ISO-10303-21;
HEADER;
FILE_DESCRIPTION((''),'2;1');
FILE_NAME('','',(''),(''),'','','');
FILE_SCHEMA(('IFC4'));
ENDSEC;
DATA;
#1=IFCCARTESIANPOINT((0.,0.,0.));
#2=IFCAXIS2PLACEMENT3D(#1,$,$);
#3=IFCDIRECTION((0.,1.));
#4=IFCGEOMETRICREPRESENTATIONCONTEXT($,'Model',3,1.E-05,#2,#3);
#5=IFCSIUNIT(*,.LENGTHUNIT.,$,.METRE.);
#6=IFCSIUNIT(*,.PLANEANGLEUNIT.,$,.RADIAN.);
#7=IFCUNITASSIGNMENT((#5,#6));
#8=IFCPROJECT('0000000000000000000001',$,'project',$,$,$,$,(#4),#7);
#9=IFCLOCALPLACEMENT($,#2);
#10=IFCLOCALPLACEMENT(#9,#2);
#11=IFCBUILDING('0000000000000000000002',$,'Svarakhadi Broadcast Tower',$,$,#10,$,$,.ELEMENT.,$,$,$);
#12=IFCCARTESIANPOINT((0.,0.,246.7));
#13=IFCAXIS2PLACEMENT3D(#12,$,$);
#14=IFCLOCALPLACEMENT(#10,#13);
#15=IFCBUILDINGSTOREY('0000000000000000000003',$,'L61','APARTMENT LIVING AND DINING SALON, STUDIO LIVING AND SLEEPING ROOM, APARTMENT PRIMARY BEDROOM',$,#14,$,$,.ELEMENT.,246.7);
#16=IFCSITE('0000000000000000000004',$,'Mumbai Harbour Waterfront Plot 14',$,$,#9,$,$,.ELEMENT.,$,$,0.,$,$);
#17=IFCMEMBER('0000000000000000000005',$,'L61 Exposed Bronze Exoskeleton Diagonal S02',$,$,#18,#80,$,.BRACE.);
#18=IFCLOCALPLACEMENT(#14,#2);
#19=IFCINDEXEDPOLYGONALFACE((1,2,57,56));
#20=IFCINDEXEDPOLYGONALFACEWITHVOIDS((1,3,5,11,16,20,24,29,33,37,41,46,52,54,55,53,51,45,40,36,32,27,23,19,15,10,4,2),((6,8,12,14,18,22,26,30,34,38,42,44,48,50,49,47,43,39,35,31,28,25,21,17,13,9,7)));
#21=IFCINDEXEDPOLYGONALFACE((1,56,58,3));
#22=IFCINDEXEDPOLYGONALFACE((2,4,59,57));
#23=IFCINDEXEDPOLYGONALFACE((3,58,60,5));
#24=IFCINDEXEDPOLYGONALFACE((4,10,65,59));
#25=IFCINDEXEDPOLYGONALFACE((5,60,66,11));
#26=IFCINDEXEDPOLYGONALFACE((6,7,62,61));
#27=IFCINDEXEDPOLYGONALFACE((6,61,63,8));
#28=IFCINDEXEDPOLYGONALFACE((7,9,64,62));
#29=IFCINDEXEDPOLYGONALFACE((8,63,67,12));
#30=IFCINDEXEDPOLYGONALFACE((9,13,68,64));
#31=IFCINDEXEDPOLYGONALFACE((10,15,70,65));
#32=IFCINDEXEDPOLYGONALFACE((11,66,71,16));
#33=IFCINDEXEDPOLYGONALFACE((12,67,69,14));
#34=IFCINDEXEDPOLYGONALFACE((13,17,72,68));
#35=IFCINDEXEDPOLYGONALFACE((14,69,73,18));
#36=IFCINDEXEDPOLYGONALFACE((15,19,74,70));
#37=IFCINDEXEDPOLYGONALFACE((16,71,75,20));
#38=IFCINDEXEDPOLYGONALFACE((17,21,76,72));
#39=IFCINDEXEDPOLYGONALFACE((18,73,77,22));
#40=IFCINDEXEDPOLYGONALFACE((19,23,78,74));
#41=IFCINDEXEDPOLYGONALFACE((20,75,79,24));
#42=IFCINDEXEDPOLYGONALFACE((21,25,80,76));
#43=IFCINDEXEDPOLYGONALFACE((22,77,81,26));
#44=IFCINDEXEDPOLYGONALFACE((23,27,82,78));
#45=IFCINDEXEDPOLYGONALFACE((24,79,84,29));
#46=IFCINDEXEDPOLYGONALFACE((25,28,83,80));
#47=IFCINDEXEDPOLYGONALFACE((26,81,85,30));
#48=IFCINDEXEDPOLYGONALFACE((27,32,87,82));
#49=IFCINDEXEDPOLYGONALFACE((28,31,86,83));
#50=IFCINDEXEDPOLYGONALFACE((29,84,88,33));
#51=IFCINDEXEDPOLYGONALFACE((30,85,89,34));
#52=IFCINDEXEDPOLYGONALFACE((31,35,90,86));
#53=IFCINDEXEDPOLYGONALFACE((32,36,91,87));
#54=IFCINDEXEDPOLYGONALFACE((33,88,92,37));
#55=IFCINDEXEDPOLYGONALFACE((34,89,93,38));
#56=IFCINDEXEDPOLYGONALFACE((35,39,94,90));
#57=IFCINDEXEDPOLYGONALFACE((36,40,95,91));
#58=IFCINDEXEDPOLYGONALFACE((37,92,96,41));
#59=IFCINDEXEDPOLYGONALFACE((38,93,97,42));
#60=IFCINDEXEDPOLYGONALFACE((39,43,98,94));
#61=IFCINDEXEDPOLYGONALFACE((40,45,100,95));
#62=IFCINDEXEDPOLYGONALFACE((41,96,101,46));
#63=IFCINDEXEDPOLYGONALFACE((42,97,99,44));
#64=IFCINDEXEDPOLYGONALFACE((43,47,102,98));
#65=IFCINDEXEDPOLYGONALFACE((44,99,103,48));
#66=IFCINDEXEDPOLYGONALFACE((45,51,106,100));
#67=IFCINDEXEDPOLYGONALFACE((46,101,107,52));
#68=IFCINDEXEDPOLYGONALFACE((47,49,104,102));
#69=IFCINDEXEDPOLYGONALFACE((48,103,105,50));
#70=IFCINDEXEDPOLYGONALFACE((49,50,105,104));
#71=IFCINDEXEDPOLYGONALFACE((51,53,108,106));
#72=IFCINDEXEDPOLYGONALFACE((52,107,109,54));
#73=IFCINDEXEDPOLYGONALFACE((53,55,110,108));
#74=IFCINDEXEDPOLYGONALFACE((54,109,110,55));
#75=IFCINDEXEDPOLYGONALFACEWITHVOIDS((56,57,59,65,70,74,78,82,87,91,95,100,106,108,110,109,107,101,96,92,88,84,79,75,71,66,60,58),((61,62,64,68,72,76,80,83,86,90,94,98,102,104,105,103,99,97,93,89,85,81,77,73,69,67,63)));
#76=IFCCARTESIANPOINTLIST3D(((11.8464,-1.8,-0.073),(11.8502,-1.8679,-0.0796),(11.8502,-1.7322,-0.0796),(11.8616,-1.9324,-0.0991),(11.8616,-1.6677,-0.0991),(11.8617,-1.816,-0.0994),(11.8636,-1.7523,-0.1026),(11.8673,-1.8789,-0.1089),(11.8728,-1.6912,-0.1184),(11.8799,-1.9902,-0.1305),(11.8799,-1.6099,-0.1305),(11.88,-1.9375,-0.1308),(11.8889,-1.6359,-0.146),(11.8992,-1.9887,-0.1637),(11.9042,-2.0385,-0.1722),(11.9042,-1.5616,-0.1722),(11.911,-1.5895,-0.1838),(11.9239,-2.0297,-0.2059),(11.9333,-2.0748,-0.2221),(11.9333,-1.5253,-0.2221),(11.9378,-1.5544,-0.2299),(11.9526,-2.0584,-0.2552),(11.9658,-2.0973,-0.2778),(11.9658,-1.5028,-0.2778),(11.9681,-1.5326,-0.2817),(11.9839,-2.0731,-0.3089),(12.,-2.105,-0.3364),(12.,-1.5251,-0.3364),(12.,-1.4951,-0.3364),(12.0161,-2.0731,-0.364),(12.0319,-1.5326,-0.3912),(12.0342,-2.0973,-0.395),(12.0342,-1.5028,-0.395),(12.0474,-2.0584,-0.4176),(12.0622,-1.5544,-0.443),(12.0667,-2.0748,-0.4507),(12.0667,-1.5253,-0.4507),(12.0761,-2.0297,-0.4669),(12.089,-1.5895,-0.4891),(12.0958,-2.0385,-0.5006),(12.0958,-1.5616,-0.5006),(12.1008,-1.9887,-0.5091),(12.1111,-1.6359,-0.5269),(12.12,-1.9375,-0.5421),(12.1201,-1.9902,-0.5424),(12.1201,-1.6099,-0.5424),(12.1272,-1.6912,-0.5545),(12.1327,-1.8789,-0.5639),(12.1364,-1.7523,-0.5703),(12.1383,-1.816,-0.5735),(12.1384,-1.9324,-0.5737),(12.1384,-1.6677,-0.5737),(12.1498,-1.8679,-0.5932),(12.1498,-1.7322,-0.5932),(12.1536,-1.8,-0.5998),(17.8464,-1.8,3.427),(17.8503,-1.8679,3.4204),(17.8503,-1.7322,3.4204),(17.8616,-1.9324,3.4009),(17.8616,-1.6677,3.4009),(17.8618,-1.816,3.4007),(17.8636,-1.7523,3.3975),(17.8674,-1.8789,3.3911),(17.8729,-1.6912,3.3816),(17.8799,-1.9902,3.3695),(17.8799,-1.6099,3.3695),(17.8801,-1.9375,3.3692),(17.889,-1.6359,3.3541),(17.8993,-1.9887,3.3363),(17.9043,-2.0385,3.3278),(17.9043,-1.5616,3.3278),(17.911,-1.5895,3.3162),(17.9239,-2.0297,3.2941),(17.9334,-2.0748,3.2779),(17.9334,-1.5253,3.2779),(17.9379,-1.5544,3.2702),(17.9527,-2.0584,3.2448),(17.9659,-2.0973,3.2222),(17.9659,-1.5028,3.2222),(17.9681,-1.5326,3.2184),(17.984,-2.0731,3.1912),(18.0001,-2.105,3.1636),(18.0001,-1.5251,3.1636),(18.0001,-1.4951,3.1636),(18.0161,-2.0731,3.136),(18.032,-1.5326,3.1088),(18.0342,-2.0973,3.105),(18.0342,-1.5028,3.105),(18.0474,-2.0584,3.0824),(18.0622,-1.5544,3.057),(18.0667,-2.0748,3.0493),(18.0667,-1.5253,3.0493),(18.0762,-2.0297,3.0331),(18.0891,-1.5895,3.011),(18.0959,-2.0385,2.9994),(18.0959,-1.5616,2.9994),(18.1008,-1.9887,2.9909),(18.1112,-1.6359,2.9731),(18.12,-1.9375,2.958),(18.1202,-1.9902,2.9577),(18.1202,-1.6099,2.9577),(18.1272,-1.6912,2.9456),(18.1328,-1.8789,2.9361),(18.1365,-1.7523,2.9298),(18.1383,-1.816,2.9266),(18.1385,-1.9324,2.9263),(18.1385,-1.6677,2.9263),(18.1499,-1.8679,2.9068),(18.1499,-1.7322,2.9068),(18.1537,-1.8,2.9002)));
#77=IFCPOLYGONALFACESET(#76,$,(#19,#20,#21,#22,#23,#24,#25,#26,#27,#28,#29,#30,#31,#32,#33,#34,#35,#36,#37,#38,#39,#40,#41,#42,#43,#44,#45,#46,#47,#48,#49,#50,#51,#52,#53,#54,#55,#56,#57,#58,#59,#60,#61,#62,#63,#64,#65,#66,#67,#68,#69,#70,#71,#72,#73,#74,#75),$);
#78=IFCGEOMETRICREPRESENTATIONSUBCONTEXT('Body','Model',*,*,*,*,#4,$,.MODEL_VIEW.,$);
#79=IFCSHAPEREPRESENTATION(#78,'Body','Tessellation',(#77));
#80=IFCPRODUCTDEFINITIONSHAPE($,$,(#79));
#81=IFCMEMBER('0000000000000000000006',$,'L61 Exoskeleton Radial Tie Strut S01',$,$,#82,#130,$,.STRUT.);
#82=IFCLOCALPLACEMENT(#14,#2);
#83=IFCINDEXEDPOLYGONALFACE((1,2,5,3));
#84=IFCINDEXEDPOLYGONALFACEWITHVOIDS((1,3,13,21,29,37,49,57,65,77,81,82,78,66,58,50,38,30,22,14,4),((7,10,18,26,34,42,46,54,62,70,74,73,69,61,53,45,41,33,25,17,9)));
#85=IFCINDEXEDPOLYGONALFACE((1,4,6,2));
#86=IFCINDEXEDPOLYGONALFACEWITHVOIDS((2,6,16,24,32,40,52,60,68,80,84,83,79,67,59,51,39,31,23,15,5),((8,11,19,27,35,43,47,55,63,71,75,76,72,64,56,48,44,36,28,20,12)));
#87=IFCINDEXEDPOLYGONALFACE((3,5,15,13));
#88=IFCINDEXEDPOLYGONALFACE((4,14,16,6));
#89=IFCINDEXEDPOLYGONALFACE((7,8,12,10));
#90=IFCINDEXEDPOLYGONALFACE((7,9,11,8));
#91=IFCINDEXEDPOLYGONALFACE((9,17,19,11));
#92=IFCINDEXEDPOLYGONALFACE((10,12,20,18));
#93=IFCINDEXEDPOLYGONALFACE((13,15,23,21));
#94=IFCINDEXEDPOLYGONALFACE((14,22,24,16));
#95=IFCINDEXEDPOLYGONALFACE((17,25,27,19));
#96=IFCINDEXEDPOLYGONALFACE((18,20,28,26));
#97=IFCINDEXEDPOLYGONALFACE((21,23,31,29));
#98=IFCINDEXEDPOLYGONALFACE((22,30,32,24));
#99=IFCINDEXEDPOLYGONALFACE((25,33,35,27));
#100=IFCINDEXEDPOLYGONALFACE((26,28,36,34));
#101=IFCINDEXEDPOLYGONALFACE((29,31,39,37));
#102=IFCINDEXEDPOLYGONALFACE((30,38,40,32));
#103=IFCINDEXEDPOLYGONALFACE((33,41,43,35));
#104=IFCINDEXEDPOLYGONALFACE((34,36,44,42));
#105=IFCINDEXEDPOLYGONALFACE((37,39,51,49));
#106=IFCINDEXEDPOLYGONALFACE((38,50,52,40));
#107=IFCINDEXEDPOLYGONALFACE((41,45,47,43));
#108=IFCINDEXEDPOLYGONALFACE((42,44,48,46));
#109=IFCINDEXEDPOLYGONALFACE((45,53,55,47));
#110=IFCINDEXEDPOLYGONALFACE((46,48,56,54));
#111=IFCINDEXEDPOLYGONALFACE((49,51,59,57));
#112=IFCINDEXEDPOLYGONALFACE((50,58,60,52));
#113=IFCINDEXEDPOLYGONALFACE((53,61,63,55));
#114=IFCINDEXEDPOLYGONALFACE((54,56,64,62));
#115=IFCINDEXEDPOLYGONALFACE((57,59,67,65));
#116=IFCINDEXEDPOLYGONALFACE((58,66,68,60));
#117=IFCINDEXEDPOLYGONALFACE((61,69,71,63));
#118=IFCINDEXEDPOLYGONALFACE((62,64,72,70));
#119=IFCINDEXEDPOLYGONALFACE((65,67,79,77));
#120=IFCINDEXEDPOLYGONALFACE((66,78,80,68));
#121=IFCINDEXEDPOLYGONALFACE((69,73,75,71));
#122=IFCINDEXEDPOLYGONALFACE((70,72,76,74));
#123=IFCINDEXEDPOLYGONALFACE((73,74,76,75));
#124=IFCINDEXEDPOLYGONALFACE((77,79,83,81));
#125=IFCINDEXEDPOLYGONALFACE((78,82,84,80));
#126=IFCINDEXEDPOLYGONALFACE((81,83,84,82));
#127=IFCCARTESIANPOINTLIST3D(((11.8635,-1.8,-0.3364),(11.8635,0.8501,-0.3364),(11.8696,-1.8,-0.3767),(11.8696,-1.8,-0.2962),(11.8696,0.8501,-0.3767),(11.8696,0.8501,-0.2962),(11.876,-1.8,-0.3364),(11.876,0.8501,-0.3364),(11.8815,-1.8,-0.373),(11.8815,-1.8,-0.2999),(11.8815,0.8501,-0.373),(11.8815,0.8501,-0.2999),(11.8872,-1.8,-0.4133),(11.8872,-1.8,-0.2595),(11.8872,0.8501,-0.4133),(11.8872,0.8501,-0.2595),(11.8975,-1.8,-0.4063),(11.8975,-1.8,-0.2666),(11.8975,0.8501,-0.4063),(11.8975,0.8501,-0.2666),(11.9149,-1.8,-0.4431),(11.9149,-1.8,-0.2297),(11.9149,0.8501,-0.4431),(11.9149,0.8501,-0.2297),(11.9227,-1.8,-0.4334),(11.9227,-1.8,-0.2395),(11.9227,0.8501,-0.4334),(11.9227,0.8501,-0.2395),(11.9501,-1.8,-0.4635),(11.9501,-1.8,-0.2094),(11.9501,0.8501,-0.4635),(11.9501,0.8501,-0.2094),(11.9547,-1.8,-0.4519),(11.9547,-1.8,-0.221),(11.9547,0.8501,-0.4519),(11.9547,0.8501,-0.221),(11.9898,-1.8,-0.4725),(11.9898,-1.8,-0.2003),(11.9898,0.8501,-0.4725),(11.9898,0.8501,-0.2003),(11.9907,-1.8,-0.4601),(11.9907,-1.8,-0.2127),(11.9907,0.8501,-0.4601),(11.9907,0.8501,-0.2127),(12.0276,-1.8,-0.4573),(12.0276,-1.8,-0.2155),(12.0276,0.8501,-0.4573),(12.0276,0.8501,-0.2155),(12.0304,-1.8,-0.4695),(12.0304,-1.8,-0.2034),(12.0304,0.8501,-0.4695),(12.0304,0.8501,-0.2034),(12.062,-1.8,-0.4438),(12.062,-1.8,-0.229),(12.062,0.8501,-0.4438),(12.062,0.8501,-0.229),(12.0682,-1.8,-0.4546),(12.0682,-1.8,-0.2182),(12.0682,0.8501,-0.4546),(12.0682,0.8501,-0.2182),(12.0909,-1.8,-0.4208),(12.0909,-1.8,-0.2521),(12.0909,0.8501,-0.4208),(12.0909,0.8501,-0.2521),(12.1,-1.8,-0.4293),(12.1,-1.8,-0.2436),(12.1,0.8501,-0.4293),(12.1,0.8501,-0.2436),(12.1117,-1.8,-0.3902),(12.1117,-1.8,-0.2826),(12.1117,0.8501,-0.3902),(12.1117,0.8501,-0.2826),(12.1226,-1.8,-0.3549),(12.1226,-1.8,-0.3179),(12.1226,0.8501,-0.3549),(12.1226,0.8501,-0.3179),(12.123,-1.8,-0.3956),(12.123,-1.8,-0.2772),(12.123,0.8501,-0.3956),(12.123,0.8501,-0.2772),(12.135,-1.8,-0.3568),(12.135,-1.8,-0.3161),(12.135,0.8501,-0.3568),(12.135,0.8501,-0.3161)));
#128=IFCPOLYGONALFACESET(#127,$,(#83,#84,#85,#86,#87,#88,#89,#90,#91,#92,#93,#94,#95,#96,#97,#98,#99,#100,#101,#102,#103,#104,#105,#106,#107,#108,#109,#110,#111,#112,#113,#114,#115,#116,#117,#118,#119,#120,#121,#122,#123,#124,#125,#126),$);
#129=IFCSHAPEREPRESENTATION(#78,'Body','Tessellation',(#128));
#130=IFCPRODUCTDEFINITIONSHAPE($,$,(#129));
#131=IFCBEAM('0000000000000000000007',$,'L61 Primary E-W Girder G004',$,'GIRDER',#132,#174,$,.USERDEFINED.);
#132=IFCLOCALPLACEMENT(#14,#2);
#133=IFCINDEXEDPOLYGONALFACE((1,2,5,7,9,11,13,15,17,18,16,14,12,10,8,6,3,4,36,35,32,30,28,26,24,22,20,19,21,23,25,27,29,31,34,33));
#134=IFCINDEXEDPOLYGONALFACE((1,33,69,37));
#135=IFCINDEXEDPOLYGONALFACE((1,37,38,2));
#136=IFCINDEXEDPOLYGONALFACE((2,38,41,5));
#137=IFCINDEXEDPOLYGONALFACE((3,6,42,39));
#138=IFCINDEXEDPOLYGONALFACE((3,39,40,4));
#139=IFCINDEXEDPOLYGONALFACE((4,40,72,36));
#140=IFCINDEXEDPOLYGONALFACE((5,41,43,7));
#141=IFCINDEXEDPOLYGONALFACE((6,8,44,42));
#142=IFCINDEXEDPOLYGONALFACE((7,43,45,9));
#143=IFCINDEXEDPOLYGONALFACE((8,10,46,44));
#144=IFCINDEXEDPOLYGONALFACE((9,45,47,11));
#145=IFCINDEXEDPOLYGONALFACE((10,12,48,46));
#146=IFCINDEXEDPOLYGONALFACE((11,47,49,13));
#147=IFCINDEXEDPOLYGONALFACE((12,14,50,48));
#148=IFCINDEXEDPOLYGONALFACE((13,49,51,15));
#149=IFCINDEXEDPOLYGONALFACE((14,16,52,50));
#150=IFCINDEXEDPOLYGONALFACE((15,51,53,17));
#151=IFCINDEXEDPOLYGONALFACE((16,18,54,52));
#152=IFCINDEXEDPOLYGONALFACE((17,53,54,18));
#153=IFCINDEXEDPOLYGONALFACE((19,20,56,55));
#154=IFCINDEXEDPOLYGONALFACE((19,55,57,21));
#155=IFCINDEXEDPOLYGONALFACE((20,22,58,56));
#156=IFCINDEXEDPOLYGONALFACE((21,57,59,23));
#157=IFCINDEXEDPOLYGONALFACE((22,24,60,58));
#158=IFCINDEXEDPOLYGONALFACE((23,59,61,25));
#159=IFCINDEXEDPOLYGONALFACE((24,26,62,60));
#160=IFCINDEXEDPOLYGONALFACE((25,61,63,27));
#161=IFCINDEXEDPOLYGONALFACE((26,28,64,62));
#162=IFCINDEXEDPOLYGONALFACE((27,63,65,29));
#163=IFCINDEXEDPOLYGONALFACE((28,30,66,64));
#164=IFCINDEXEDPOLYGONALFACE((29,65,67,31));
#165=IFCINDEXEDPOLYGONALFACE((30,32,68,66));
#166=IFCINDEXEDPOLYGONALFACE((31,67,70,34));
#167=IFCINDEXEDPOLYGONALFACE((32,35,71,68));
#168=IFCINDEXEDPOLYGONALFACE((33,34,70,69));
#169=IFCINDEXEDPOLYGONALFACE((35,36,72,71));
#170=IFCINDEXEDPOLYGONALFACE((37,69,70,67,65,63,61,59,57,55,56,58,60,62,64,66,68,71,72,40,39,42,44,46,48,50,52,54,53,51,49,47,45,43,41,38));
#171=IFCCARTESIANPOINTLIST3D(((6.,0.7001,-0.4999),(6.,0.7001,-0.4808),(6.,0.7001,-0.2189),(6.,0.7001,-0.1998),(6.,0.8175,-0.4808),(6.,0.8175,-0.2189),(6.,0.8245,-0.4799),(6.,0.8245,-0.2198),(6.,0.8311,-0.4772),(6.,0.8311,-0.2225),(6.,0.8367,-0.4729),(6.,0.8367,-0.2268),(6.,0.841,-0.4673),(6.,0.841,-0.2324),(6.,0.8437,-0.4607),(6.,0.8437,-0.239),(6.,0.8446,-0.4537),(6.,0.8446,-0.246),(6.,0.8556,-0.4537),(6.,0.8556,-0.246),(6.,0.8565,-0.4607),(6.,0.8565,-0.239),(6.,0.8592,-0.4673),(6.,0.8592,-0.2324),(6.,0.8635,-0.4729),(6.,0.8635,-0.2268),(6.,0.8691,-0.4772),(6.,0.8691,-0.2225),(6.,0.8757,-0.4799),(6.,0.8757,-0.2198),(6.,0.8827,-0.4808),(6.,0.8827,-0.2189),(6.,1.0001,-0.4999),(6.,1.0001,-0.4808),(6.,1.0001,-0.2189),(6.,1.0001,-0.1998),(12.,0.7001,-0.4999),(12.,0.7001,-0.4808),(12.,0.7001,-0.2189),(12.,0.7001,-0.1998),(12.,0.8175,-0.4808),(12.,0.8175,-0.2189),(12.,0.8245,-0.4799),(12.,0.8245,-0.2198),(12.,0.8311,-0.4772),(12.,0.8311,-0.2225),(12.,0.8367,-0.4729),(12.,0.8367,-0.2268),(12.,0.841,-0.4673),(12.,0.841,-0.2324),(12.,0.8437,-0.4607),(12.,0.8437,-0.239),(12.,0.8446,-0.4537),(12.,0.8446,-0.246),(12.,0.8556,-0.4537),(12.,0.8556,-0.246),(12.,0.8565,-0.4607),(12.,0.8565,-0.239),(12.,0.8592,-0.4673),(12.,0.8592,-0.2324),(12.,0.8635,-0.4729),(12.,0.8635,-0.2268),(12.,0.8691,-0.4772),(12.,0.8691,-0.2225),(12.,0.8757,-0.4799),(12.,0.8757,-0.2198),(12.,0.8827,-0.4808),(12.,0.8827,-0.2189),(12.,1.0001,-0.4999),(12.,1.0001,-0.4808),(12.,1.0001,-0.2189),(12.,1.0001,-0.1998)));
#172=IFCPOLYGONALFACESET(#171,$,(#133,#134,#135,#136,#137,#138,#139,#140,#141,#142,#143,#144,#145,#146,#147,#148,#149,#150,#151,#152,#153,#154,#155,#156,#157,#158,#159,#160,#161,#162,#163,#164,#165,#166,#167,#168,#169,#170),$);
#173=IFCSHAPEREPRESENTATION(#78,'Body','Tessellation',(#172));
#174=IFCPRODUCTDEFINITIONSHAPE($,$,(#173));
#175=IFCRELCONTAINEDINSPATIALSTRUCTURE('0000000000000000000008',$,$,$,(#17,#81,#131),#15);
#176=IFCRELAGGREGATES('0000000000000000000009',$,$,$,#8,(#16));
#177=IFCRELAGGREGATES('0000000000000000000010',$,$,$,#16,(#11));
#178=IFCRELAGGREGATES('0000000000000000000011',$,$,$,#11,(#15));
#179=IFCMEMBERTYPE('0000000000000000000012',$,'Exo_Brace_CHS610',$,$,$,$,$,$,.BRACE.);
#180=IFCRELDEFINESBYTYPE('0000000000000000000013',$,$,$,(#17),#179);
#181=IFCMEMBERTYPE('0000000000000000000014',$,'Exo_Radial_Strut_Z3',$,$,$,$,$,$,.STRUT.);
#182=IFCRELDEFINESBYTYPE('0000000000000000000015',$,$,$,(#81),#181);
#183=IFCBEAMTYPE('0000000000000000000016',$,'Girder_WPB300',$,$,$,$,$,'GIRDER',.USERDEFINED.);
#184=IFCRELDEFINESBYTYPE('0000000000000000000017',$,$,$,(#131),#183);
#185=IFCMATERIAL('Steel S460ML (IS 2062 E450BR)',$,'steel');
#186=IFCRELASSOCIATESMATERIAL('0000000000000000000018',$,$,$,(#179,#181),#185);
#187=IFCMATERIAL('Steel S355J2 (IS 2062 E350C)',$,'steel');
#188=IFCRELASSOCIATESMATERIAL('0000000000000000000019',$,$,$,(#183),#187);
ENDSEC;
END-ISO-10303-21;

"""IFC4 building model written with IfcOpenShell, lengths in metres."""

from ifc_helpers import new_model, si_unit, direction, frame, origin, origin_2d, place, context, subcontext, project, spatial, hollow_circle, i_section, extrude, material, material_profile, profile_set, type_object, element, save


model = new_model("IFC4")

# Units and contexts
model_context = context("Model", 3, precision=1e-05, world=origin(), true_north=direction((0.0, 1.0)))
body_context = subcontext(model_context, "Body", "Model", "MODEL_VIEW")
ifc_project = project(units=[si_unit("LENGTHUNIT", "METRE"), si_unit("PLANEANGLEUNIT", "RADIAN")], contexts=[model_context])

# Site, building, storey
site_placement = place(None, origin())
site = spatial("IfcSite", under=ifc_project, at=site_placement, Name="Mumbai Harbour Waterfront Plot 14", CompositionType="ELEMENT", RefElevation=0.0)
building_placement = place(site_placement, origin())
building = spatial("IfcBuilding", under=site, at=building_placement, Name="Svarakhadi Broadcast Tower", CompositionType="ELEMENT")
storey_placement = place(building_placement, frame((0.0, 0.0, 246.7)))
storey = spatial("IfcBuildingStorey", under=building, at=storey_placement, Name="L61", Description="APARTMENT LIVING AND DINING SALON, STUDIO LIVING AND SLEEPING ROOM, APARTMENT PRIMARY BEDROOM", CompositionType="ELEMENT", Elevation=246.7)

# Shared definitions
ifc_material_1 = material(Name="Steel S460ML (IS 2062 E450BR)", Category="steel")

# Members
ifc_material_profile_1 = material_profile(ifc_material_1, hollow_circle(Radius=0.3049, WallThickness=0.03, at=origin_2d()), Name="CHS 610x30")
ifc_profile_set_1 = profile_set([ifc_material_profile_1], Name="Steel S460ML (IS 2062 E450BR)")
member_type_1 = type_object("IfcMemberType", Name="Exo_Brace_CHS610", PredefinedType="BRACE", material=ifc_profile_set_1)
for number, where, z_axis, x_axis, name in (
    (1, (12.0, -1.8, -0.3364), (0.863779, 0.0, 0.503871), (0.0, 1.0, 0.0), "L61 Exposed Bronze Exoskeleton Diagonal S02"),
):
    element("IfcMember", number, at=place(storey_placement, frame(where, z_axis=z_axis, x_axis=x_axis)), inside=storey, type_object=member_type_1, Name=name, PredefinedType="BRACE", context=body_context, shape_type="SweptSolid", body=[
        extrude(hollow_circle(Radius=0.3049, WallThickness=0.03, at=origin_2d()), origin(), (0.0, 0.0, 1.0), 6.9463),
    ])
ifc_material_profile_2 = material_profile(ifc_material_1, hollow_circle(Radius=0.1365, WallThickness=0.0125, at=origin_2d()), Name="CHS 273x12.5")
ifc_profile_set_2 = profile_set([ifc_material_profile_2], Name="Steel S460ML (IS 2062 E450BR)")
member_type_2 = type_object("IfcMemberType", Name="Exo_Radial_Strut_Z3", PredefinedType="STRUT", material=ifc_profile_set_2)
member_1_placement = place(storey_placement, frame((12.0, -1.8, -0.3364), z_axis=(0.0, 1.0, 0.0), x_axis=(-1.0, 0.0, 0.0)))
element("IfcMember", 2, at=member_1_placement, inside=storey, type_object=member_type_2, Name="L61 Exoskeleton Radial Tie Strut S01", PredefinedType="STRUT", context=body_context, shape_type="SweptSolid", body=[
    extrude(hollow_circle(Radius=0.1365, WallThickness=0.0125, at=origin_2d()), origin(), (0.0, 0.0, 1.0), 2.6501),
])

# Beam
ifc_material_2 = material(Name="Steel S355J2 (IS 2062 E350C)", Category="steel")
ifc_material_profile_3 = material_profile(ifc_material_2, i_section(OverallWidth=0.3, OverallDepth=0.3, WebThickness=0.011, FlangeThickness=0.019, FilletRadius=0.0271, at=origin_2d()), Name="WPB 300x300x117")
ifc_profile_set_3 = profile_set([ifc_material_profile_3], Name="Steel S355J2 (IS 2062 E350C)")
beam_type = type_object("IfcBeamType", Name="Girder_WPB300", ElementType="GIRDER", PredefinedType="USERDEFINED", material=ifc_profile_set_3)
for number, where, z_axis, x_axis, name in (
    (3, (6.0, 0.8501, -0.3499), (1.0, 0.0, 0.0), (0.0, 1.0, 0.0), "L61 Primary E-W Girder G004"),
):
    element("IfcBeam", number, at=place(storey_placement, frame(where, z_axis=z_axis, x_axis=x_axis)), inside=storey, type_object=beam_type, Name=name, ObjectType="GIRDER", PredefinedType="USERDEFINED", context=body_context, shape_type="SweptSolid", body=[
        extrude(i_section(OverallWidth=0.3, OverallDepth=0.3, WebThickness=0.011, FlangeThickness=0.019, FilletRadius=0.0271, at=origin_2d()), origin(), (0.0, 0.0, 1.0), 6.0),
    ])

save(model, "model.ifc")
